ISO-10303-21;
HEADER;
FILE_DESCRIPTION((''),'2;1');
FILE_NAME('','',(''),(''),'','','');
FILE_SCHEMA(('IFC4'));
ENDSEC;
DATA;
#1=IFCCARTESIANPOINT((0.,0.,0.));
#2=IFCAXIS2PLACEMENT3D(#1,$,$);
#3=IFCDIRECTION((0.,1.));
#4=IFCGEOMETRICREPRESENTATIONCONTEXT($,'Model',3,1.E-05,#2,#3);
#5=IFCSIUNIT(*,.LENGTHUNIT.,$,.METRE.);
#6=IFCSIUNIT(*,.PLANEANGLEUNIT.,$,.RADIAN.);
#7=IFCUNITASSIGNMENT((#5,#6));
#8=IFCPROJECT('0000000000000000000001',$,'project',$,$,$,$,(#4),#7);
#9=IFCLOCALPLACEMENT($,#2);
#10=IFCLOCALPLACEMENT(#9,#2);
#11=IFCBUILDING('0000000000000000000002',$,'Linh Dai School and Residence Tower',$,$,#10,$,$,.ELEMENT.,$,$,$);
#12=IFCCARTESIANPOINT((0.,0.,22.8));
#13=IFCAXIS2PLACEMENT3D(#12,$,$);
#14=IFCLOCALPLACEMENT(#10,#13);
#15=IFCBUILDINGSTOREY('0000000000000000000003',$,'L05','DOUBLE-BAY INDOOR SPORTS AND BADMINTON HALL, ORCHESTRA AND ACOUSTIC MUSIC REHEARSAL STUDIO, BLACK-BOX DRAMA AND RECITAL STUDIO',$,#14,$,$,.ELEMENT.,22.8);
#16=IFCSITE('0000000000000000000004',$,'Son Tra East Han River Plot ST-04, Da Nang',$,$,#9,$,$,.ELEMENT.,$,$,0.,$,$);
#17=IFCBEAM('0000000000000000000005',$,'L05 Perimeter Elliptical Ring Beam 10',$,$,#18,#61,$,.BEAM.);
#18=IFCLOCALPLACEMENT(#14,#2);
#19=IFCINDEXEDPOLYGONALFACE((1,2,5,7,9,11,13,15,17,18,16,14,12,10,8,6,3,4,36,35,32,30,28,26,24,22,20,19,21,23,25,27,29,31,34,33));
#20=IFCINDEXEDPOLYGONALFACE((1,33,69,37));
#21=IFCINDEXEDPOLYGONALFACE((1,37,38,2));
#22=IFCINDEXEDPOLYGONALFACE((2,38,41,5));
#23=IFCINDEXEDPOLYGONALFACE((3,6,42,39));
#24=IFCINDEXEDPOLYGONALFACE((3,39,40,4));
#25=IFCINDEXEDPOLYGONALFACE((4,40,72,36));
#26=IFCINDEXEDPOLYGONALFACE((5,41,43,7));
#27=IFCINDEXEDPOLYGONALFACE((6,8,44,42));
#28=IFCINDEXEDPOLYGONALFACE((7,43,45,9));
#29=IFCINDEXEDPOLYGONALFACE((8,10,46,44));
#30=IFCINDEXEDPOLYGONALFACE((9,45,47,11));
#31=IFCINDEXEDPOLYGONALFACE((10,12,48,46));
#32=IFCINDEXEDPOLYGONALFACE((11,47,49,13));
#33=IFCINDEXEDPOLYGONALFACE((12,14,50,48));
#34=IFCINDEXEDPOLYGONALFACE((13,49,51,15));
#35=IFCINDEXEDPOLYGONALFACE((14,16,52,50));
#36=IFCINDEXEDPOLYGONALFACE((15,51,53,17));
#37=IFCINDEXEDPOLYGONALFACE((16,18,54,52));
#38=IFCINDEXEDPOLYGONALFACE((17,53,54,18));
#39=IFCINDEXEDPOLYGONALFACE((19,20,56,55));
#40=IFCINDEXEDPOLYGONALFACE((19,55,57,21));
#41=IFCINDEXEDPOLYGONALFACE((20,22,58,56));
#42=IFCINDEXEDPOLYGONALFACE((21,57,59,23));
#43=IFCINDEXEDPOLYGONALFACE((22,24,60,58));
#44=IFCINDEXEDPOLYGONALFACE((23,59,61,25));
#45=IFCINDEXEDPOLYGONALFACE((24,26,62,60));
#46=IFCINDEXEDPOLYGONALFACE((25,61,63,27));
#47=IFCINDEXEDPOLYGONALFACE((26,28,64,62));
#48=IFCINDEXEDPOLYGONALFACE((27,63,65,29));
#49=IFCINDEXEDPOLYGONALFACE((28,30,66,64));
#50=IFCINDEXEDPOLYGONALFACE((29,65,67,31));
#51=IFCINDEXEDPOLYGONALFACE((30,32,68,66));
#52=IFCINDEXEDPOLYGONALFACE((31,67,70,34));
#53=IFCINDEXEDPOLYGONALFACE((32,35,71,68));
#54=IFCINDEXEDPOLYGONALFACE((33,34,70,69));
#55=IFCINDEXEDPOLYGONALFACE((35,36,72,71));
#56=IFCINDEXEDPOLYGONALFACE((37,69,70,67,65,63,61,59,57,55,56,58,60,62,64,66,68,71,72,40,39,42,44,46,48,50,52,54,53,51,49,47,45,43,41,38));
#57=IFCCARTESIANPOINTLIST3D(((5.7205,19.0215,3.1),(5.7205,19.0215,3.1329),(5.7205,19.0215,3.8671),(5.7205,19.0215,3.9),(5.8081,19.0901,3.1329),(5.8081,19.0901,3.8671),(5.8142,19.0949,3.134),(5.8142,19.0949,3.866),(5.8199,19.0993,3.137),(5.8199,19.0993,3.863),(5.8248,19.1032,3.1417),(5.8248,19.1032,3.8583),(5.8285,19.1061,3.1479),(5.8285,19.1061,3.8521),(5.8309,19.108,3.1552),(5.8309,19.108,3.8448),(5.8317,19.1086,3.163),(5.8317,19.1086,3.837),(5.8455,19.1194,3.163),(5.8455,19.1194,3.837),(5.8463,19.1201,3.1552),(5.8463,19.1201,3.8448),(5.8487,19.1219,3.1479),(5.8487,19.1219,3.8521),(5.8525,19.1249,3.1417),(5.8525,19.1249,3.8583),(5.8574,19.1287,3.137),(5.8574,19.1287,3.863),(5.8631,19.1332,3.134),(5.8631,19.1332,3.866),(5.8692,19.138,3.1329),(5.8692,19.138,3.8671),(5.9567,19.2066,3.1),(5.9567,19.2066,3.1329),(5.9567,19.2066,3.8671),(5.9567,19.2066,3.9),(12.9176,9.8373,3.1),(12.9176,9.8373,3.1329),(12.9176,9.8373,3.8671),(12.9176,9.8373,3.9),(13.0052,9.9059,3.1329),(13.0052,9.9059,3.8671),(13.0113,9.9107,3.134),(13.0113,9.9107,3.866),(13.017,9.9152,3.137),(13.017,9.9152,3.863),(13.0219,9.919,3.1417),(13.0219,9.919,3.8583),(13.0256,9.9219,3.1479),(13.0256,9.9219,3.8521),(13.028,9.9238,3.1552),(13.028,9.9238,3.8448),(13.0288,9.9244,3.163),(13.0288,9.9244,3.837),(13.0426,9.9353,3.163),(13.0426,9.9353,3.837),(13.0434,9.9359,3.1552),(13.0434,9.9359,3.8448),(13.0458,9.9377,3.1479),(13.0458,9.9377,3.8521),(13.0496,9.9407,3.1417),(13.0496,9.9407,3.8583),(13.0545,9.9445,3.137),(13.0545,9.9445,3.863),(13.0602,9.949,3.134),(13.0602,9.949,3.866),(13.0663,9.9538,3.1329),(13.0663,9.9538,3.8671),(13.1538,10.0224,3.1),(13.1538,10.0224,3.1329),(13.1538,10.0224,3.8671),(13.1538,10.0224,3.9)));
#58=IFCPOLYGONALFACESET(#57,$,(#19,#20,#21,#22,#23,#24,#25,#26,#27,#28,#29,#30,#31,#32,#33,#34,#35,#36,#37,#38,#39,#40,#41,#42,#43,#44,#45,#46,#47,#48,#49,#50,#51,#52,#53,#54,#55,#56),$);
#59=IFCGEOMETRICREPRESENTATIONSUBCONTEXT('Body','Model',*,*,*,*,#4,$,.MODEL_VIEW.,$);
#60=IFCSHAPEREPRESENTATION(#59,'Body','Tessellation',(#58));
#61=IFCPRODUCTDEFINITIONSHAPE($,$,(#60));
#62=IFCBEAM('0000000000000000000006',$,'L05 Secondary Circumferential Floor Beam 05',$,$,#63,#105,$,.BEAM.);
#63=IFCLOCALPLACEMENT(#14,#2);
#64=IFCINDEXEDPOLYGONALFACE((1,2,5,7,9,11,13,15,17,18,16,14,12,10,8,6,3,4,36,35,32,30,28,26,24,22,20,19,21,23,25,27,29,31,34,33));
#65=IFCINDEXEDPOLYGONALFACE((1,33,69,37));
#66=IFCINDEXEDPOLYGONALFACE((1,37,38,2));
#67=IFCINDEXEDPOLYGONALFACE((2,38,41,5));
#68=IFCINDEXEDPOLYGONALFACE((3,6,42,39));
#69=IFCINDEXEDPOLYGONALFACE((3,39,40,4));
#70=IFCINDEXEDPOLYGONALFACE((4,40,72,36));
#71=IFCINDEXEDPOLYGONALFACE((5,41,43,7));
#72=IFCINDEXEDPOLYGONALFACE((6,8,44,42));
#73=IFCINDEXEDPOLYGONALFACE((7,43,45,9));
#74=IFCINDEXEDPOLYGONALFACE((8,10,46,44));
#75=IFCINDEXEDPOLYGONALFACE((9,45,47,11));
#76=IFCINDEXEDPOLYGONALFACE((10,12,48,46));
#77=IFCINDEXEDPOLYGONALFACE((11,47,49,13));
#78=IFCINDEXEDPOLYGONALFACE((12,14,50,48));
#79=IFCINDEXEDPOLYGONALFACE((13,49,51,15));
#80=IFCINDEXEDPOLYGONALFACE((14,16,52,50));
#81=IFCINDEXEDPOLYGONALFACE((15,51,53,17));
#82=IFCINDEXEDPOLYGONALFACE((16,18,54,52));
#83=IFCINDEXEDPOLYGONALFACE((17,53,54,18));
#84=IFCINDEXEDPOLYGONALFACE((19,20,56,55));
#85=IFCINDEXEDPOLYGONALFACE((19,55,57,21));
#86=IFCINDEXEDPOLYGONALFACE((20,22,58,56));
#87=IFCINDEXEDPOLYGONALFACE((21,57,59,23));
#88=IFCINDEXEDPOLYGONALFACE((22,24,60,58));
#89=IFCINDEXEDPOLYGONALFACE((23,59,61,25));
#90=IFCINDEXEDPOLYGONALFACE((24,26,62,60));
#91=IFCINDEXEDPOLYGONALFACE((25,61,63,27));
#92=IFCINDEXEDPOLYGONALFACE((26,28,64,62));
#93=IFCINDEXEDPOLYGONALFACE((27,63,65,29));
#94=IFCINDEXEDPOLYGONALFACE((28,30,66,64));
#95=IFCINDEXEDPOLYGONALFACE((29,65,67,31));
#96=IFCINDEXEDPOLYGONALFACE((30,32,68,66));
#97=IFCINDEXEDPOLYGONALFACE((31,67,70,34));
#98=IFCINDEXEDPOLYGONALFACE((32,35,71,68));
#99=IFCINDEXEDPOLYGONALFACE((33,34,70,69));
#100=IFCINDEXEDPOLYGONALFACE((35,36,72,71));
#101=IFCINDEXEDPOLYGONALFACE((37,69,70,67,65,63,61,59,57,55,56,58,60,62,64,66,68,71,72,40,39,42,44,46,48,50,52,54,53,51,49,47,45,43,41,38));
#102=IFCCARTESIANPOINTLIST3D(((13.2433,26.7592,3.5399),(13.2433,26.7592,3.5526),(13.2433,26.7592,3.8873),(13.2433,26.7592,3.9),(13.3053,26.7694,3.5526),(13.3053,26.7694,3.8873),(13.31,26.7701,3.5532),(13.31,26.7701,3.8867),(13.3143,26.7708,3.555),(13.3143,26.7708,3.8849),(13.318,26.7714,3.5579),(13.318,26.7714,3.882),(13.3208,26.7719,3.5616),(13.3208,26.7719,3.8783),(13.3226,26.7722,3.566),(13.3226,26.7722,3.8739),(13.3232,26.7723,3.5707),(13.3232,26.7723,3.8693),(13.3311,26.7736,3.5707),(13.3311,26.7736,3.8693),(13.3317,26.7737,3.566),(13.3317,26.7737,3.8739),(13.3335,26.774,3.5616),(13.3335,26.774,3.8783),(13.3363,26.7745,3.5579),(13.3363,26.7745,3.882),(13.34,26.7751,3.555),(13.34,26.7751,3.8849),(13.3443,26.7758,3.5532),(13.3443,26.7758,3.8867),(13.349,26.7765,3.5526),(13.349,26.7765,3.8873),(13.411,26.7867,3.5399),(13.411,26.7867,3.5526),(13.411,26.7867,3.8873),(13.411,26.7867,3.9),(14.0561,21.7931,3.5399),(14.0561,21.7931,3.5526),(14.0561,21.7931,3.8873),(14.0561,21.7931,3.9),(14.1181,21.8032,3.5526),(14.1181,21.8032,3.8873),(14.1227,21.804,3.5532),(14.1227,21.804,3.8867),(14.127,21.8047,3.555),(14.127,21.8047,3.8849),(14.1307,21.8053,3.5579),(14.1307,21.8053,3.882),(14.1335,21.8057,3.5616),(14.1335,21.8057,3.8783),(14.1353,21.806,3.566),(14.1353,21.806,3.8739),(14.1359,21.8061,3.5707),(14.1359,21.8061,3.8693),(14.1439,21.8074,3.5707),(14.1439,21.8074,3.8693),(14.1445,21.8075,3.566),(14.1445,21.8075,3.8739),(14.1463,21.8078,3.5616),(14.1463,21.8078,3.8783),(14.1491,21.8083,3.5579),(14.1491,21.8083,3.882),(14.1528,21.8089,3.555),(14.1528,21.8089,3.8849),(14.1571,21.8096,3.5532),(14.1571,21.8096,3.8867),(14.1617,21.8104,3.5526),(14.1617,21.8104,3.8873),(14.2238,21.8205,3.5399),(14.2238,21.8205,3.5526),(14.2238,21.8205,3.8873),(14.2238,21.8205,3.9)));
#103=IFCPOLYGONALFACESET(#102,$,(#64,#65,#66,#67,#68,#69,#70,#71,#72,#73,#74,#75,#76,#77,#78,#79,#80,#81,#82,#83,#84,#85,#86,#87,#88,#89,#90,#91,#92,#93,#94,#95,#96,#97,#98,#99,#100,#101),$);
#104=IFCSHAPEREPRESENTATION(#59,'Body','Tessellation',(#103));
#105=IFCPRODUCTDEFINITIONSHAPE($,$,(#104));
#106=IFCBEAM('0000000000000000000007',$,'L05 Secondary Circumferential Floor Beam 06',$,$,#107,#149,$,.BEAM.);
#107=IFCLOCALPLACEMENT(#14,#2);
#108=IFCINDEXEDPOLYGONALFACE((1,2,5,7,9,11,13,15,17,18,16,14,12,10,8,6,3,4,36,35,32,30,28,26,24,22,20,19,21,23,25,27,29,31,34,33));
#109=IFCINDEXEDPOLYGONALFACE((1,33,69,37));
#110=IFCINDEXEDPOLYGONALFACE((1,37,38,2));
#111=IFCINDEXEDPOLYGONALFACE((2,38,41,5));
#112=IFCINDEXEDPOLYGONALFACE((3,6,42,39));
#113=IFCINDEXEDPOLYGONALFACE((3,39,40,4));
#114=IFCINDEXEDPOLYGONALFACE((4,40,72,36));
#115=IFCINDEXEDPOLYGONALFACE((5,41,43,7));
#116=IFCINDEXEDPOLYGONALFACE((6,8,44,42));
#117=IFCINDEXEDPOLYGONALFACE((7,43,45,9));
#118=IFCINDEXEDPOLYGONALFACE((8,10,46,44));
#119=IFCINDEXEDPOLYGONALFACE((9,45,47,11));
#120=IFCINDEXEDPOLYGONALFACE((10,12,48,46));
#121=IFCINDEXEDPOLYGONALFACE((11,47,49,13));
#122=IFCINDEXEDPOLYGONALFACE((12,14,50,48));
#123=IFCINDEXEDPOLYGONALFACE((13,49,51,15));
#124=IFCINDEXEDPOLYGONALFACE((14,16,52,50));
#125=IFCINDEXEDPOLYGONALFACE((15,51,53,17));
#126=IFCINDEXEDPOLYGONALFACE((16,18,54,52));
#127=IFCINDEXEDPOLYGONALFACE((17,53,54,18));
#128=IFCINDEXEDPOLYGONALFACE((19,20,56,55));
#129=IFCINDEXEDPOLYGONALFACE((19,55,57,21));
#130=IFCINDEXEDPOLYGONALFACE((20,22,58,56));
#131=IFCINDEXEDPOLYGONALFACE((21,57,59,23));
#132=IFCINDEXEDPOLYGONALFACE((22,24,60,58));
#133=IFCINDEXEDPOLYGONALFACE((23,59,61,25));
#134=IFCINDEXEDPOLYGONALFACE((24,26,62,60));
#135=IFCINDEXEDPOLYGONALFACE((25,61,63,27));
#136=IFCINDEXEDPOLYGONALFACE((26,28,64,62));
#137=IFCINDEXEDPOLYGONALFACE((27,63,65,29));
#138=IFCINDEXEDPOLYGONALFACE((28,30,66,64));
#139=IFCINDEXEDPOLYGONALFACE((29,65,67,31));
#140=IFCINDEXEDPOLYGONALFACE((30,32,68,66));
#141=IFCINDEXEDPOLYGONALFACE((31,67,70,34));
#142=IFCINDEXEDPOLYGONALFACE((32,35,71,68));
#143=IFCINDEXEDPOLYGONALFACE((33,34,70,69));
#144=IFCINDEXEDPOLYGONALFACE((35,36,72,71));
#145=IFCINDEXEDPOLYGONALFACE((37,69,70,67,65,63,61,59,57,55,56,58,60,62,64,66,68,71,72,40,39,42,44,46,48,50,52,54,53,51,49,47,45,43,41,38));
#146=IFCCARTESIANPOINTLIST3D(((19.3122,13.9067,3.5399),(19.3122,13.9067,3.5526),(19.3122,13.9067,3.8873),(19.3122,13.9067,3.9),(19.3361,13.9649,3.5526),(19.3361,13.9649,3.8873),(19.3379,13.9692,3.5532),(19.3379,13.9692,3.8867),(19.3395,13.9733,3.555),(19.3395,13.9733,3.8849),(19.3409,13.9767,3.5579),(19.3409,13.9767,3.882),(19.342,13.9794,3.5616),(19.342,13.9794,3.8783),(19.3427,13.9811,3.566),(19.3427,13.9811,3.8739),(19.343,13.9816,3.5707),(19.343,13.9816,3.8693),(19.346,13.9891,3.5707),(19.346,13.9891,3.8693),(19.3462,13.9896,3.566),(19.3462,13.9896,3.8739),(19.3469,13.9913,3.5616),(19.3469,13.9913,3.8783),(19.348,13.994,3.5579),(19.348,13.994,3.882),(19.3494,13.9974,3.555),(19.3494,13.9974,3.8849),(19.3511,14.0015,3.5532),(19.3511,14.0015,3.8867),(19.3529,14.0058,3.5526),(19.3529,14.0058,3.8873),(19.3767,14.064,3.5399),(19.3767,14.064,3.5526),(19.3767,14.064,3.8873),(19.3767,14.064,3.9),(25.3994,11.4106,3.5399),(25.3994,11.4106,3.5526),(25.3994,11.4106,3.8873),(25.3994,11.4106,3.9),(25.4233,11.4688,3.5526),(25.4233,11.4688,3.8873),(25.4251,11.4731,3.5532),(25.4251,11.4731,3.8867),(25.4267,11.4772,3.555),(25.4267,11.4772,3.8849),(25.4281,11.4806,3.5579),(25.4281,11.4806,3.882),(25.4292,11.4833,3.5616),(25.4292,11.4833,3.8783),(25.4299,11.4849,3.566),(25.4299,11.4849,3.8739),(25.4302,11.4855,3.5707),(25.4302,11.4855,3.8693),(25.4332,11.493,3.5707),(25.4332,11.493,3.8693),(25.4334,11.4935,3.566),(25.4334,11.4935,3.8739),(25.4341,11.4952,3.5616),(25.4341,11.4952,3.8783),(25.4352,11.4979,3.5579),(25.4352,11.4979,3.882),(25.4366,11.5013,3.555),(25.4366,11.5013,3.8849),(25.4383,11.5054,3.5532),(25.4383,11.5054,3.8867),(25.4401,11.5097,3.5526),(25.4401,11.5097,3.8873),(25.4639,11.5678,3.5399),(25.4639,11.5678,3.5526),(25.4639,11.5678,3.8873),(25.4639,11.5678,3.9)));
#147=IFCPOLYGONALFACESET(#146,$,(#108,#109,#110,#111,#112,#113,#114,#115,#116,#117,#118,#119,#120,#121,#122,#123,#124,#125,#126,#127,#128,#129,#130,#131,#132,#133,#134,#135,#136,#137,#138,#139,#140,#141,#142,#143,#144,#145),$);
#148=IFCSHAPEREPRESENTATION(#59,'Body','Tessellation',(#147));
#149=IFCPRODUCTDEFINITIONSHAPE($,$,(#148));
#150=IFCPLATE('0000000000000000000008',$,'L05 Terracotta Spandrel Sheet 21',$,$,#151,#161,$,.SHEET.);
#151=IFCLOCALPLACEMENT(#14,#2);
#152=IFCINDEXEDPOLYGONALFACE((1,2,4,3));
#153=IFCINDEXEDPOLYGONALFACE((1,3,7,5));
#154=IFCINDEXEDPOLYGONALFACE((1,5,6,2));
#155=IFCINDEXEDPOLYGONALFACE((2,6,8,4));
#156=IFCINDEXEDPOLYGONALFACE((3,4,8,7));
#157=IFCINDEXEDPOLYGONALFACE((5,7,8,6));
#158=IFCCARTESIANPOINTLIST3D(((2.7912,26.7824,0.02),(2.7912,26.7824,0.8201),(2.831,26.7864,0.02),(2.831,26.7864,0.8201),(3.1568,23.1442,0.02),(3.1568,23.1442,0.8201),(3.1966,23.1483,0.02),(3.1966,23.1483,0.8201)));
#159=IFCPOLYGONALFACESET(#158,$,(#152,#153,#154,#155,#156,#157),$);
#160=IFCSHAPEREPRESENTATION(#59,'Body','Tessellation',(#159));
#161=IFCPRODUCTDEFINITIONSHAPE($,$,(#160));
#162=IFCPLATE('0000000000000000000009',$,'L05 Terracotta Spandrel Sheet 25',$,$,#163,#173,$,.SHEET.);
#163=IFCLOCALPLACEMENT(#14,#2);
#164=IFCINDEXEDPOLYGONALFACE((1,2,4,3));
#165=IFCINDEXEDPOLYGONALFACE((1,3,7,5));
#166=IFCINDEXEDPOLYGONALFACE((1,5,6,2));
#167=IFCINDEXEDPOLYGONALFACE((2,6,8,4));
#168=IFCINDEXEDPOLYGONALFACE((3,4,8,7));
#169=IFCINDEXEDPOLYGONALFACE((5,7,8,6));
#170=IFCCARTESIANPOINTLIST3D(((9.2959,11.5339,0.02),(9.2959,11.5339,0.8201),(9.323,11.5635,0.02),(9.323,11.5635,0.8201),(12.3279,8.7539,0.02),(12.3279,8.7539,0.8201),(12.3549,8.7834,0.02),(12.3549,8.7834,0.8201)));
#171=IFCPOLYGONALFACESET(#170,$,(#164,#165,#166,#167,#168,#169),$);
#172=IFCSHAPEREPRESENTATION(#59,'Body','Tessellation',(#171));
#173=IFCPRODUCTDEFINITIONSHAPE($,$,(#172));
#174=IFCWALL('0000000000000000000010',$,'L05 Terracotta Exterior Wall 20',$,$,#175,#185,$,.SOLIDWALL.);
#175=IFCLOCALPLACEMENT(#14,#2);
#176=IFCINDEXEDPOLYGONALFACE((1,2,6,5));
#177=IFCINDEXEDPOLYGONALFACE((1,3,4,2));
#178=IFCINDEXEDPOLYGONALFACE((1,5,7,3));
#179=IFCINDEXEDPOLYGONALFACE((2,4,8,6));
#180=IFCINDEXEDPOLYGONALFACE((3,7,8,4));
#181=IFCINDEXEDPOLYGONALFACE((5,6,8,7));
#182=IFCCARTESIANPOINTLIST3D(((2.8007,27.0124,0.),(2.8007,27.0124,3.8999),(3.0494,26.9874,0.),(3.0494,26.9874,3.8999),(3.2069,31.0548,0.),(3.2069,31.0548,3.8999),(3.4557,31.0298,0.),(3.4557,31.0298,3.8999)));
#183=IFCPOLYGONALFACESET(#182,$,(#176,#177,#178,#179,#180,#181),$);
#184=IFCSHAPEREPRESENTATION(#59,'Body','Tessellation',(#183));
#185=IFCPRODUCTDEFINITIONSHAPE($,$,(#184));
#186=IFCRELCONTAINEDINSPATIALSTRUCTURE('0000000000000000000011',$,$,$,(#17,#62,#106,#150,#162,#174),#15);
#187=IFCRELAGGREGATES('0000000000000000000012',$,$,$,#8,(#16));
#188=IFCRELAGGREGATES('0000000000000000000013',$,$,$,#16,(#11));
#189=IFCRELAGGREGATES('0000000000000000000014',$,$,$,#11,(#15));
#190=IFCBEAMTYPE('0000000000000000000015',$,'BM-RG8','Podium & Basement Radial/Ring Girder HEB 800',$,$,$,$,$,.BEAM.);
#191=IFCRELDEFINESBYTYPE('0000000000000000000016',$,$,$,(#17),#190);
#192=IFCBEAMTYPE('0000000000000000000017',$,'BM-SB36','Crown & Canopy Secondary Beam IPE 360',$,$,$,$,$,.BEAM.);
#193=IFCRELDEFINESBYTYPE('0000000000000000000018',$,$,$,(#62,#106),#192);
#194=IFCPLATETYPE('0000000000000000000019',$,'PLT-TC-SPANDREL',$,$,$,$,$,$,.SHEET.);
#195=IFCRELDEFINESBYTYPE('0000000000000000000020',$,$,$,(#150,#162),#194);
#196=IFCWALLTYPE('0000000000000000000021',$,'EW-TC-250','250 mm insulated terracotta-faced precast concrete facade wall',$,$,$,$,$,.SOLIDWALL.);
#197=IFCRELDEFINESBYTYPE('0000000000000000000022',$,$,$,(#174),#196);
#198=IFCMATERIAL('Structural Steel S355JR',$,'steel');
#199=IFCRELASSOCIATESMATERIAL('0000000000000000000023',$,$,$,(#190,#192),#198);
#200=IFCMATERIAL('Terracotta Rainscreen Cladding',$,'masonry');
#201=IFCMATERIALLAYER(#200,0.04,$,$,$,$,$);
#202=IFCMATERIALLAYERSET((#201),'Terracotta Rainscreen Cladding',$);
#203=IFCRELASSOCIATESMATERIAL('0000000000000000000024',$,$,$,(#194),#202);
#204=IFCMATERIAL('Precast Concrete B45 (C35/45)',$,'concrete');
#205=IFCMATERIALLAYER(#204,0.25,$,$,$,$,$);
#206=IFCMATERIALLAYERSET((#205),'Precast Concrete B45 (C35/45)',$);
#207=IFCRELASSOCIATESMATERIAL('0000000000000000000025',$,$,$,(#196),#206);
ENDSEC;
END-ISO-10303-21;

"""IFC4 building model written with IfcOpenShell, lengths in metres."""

from ifc_helpers import new_model, si_unit, direction, frame, frame_2d, origin, origin_2d, place, context, subcontext, project, spatial, rectangle, i_section, extrude, source, transform, mapped, material, layer, layer_set, material_profile, profile_set, type_object, element, save


model = new_model("IFC4")

# Units and contexts
model_context = context("Model", 3, precision=1e-05, world=origin(), true_north=direction((0.0, 1.0)))
body_context = subcontext(model_context, "Body", "Model", "MODEL_VIEW")
ifc_project = project(units=[si_unit("LENGTHUNIT", "METRE"), si_unit("PLANEANGLEUNIT", "RADIAN")], contexts=[model_context])

# Site, building, storey
site_placement = place(None, origin())
site = spatial("IfcSite", under=ifc_project, at=site_placement, Name="Son Tra East Han River Plot ST-04, Da Nang", CompositionType="ELEMENT", RefElevation=0.0)
building_placement = place(site_placement, origin())
building = spatial("IfcBuilding", under=site, at=building_placement, Name="Linh Dai School and Residence Tower", CompositionType="ELEMENT")
storey_placement = place(building_placement, frame((0.0, 0.0, 22.8)))
storey = spatial("IfcBuildingStorey", under=building, at=storey_placement, Name="L05", Description="DOUBLE-BAY INDOOR SPORTS AND BADMINTON HALL, ORCHESTRA AND ACOUSTIC MUSIC REHEARSAL STUDIO, BLACK-BOX DRAMA AND RECITAL STUDIO", CompositionType="ELEMENT", Elevation=22.8)

# Shared definitions
ifc_material_1 = material(Name="Structural Steel S355JR", Category="steel")

# Beams
ifc_material_profile_1 = material_profile(ifc_material_1, i_section(OverallWidth=0.3, OverallDepth=0.8, WebThickness=0.0176, FlangeThickness=0.033, FilletRadius=0.03, at=origin_2d()), Name="HEB 800")
ifc_profile_set_1 = profile_set([ifc_material_profile_1], Name="Structural Steel S355JR")
beam_type_1 = type_object("IfcBeamType", Name="BM-RG8", Description="Podium & Basement Radial/Ring Girder HEB 800", PredefinedType="BEAM", material=ifc_profile_set_1)
beam_1_placement = place(storey_placement, frame((5.8386, 19.114, 3.5), z_axis=(0.616812, -0.787111, 0.0), x_axis=(0.787111, 0.616812, 0.0)))
element("IfcBeam", 1, at=beam_1_placement, inside=storey, type_object=beam_type_1, Name="L05 Perimeter Elliptical Ring Beam 10", PredefinedType="BEAM", context=body_context, shape_type="SweptSolid", body=[
    extrude(i_section(OverallWidth=0.3, OverallDepth=0.8, WebThickness=0.0176, FlangeThickness=0.033, FilletRadius=0.03, at=origin_2d()), origin(), (0.0, 0.0, 1.0), 11.6682),
])
ifc_material_profile_2 = material_profile(ifc_material_1, i_section(OverallWidth=0.1699, OverallDepth=0.3601, WebThickness=0.0081, FlangeThickness=0.0127, FilletRadius=0.0181, at=origin_2d()), Name="IPE 360")
ifc_profile_set_2 = profile_set([ifc_material_profile_2], Name="Structural Steel S355JR")
beam_type_2 = type_object("IfcBeamType", Name="BM-SB36", Description="Crown & Canopy Secondary Beam IPE 360", PredefinedType="BEAM", material=ifc_profile_set_2)
beam_2_placement = place(storey_placement, frame((13.3271, 26.7729, 3.72), z_axis=(0.161511, -0.986871, 0.0), x_axis=(0.986871, 0.161511, 0.0)))
element("IfcBeam", 2, at=beam_2_placement, inside=storey, type_object=beam_type_2, Name="L05 Secondary Circumferential Floor Beam 05", PredefinedType="BEAM", context=body_context, shape_type="SweptSolid", body=[
    extrude(i_section(OverallWidth=0.1699, OverallDepth=0.3601, WebThickness=0.0081, FlangeThickness=0.0127, FilletRadius=0.0181, at=origin_2d()), origin(), (0.0, 0.0, 1.0), 5.0322),
])
beam_3_placement = place(storey_placement, frame((19.3445, 13.9854, 3.72), z_axis=(0.925233, -0.3794, 0.0), x_axis=(0.3794, 0.925233, 0.0)))
element("IfcBeam", 3, at=beam_3_placement, inside=storey, type_object=beam_type_2, Name="L05 Secondary Circumferential Floor Beam 06", PredefinedType="BEAM", context=body_context, shape_type="SweptSolid", body=[
    extrude(i_section(OverallWidth=0.1699, OverallDepth=0.3601, WebThickness=0.0081, FlangeThickness=0.0127, FilletRadius=0.0181, at=origin_2d()), origin(), (0.0, 0.0, 1.0), 6.5791),
])

# Plates
ifc_material_2 = material(Name="Terracotta Rainscreen Cladding", Category="masonry")
ifc_layer_1 = layer(ifc_material_2, 0.04)
ifc_layer_set_1 = layer_set([ifc_layer_1], Name="Terracotta Rainscreen Cladding")
plate_type = type_object("IfcPlateType", Name="PLT-TC-SPANDREL", PredefinedType="SHEET", material=ifc_layer_set_1)
shared_shape_1 = source(origin(), body_context, "Body", "SweptSolid", [
    extrude(rectangle(XDim=3.6565, YDim=0.04, at=origin_2d()), origin(), (0.0, 0.0, 1.0), 0.8),
])
plate_1_placement = place(storey_placement, frame((2.9939, 24.9653, 0.02), z_axis=(0.0, 0.0, 1.0), x_axis=(-0.099995, 0.994988, 0.0)))
element("IfcPlate", 4, at=plate_1_placement, inside=storey, type_object=plate_type, Name="L05 Terracotta Spandrel Sheet 21", PredefinedType="SHEET", context=body_context, shape_type="MappedRepresentation", body=[
    mapped(shared_shape_1, transform((0.0, 0.0, 0.0), x_axis=(1.0, 0.0, 0.0), y_axis=(0.0, 1.0, 0.0), z_axis=(0.0, 0.0, 1.0), scale=1.0)),
])
shared_shape_2 = source(origin(), body_context, "Body", "SweptSolid", [
    extrude(rectangle(XDim=4.1135, YDim=0.04, at=origin_2d()), origin(), (0.0, 0.0, 1.0), 0.8),
])
plate_2_placement = place(storey_placement, frame((10.8254, 10.1587, 0.02), z_axis=(0.0, 0.0, 1.0), x_axis=(-0.737062, 0.675825, 0.0)))
element("IfcPlate", 5, at=plate_2_placement, inside=storey, type_object=plate_type, Name="L05 Terracotta Spandrel Sheet 25", PredefinedType="SHEET", context=body_context, shape_type="MappedRepresentation", body=[
    mapped(shared_shape_2, transform((0.0, 0.0, 0.0), x_axis=(1.0, 0.0, 0.0), y_axis=(0.0, 1.0, 0.0), z_axis=(0.0, 0.0, 1.0), scale=1.0)),
])

# Wall
ifc_material_3 = material(Name="Precast Concrete B45 (C35/45)", Category="concrete")
ifc_layer_2 = layer(ifc_material_3, 0.25)
ifc_layer_set_2 = layer_set([ifc_layer_2], Name="Precast Concrete B45 (C35/45)")
wall_type_1 = type_object("IfcWallType", Name="EW-TC-250", Description="250 mm insulated terracotta-faced precast concrete facade wall", PredefinedType="SOLIDWALL", material=ifc_layer_set_2)
for number, where, z_axis, x_axis, name in (
    (6, (2.925, 27.0, 0.0), (0.0, 0.0, 1.0), (0.099992, 0.994988, 0.0), "L05 Terracotta Exterior Wall 20"),
):
    element("IfcWall", number, at=place(storey_placement, frame(where, z_axis=z_axis, x_axis=x_axis)), inside=storey, type_object=wall_type_1, Name=name, PredefinedType="SOLIDWALL", context=body_context, shape_type="SweptSolid", body=[
        extrude(rectangle(XDim=4.0627, YDim=0.25, at=frame_2d((2.0312, 0.0))), origin(), (0.0, 0.0, 1.0), 3.8999),
    ])

save(model, "model.ifc")
